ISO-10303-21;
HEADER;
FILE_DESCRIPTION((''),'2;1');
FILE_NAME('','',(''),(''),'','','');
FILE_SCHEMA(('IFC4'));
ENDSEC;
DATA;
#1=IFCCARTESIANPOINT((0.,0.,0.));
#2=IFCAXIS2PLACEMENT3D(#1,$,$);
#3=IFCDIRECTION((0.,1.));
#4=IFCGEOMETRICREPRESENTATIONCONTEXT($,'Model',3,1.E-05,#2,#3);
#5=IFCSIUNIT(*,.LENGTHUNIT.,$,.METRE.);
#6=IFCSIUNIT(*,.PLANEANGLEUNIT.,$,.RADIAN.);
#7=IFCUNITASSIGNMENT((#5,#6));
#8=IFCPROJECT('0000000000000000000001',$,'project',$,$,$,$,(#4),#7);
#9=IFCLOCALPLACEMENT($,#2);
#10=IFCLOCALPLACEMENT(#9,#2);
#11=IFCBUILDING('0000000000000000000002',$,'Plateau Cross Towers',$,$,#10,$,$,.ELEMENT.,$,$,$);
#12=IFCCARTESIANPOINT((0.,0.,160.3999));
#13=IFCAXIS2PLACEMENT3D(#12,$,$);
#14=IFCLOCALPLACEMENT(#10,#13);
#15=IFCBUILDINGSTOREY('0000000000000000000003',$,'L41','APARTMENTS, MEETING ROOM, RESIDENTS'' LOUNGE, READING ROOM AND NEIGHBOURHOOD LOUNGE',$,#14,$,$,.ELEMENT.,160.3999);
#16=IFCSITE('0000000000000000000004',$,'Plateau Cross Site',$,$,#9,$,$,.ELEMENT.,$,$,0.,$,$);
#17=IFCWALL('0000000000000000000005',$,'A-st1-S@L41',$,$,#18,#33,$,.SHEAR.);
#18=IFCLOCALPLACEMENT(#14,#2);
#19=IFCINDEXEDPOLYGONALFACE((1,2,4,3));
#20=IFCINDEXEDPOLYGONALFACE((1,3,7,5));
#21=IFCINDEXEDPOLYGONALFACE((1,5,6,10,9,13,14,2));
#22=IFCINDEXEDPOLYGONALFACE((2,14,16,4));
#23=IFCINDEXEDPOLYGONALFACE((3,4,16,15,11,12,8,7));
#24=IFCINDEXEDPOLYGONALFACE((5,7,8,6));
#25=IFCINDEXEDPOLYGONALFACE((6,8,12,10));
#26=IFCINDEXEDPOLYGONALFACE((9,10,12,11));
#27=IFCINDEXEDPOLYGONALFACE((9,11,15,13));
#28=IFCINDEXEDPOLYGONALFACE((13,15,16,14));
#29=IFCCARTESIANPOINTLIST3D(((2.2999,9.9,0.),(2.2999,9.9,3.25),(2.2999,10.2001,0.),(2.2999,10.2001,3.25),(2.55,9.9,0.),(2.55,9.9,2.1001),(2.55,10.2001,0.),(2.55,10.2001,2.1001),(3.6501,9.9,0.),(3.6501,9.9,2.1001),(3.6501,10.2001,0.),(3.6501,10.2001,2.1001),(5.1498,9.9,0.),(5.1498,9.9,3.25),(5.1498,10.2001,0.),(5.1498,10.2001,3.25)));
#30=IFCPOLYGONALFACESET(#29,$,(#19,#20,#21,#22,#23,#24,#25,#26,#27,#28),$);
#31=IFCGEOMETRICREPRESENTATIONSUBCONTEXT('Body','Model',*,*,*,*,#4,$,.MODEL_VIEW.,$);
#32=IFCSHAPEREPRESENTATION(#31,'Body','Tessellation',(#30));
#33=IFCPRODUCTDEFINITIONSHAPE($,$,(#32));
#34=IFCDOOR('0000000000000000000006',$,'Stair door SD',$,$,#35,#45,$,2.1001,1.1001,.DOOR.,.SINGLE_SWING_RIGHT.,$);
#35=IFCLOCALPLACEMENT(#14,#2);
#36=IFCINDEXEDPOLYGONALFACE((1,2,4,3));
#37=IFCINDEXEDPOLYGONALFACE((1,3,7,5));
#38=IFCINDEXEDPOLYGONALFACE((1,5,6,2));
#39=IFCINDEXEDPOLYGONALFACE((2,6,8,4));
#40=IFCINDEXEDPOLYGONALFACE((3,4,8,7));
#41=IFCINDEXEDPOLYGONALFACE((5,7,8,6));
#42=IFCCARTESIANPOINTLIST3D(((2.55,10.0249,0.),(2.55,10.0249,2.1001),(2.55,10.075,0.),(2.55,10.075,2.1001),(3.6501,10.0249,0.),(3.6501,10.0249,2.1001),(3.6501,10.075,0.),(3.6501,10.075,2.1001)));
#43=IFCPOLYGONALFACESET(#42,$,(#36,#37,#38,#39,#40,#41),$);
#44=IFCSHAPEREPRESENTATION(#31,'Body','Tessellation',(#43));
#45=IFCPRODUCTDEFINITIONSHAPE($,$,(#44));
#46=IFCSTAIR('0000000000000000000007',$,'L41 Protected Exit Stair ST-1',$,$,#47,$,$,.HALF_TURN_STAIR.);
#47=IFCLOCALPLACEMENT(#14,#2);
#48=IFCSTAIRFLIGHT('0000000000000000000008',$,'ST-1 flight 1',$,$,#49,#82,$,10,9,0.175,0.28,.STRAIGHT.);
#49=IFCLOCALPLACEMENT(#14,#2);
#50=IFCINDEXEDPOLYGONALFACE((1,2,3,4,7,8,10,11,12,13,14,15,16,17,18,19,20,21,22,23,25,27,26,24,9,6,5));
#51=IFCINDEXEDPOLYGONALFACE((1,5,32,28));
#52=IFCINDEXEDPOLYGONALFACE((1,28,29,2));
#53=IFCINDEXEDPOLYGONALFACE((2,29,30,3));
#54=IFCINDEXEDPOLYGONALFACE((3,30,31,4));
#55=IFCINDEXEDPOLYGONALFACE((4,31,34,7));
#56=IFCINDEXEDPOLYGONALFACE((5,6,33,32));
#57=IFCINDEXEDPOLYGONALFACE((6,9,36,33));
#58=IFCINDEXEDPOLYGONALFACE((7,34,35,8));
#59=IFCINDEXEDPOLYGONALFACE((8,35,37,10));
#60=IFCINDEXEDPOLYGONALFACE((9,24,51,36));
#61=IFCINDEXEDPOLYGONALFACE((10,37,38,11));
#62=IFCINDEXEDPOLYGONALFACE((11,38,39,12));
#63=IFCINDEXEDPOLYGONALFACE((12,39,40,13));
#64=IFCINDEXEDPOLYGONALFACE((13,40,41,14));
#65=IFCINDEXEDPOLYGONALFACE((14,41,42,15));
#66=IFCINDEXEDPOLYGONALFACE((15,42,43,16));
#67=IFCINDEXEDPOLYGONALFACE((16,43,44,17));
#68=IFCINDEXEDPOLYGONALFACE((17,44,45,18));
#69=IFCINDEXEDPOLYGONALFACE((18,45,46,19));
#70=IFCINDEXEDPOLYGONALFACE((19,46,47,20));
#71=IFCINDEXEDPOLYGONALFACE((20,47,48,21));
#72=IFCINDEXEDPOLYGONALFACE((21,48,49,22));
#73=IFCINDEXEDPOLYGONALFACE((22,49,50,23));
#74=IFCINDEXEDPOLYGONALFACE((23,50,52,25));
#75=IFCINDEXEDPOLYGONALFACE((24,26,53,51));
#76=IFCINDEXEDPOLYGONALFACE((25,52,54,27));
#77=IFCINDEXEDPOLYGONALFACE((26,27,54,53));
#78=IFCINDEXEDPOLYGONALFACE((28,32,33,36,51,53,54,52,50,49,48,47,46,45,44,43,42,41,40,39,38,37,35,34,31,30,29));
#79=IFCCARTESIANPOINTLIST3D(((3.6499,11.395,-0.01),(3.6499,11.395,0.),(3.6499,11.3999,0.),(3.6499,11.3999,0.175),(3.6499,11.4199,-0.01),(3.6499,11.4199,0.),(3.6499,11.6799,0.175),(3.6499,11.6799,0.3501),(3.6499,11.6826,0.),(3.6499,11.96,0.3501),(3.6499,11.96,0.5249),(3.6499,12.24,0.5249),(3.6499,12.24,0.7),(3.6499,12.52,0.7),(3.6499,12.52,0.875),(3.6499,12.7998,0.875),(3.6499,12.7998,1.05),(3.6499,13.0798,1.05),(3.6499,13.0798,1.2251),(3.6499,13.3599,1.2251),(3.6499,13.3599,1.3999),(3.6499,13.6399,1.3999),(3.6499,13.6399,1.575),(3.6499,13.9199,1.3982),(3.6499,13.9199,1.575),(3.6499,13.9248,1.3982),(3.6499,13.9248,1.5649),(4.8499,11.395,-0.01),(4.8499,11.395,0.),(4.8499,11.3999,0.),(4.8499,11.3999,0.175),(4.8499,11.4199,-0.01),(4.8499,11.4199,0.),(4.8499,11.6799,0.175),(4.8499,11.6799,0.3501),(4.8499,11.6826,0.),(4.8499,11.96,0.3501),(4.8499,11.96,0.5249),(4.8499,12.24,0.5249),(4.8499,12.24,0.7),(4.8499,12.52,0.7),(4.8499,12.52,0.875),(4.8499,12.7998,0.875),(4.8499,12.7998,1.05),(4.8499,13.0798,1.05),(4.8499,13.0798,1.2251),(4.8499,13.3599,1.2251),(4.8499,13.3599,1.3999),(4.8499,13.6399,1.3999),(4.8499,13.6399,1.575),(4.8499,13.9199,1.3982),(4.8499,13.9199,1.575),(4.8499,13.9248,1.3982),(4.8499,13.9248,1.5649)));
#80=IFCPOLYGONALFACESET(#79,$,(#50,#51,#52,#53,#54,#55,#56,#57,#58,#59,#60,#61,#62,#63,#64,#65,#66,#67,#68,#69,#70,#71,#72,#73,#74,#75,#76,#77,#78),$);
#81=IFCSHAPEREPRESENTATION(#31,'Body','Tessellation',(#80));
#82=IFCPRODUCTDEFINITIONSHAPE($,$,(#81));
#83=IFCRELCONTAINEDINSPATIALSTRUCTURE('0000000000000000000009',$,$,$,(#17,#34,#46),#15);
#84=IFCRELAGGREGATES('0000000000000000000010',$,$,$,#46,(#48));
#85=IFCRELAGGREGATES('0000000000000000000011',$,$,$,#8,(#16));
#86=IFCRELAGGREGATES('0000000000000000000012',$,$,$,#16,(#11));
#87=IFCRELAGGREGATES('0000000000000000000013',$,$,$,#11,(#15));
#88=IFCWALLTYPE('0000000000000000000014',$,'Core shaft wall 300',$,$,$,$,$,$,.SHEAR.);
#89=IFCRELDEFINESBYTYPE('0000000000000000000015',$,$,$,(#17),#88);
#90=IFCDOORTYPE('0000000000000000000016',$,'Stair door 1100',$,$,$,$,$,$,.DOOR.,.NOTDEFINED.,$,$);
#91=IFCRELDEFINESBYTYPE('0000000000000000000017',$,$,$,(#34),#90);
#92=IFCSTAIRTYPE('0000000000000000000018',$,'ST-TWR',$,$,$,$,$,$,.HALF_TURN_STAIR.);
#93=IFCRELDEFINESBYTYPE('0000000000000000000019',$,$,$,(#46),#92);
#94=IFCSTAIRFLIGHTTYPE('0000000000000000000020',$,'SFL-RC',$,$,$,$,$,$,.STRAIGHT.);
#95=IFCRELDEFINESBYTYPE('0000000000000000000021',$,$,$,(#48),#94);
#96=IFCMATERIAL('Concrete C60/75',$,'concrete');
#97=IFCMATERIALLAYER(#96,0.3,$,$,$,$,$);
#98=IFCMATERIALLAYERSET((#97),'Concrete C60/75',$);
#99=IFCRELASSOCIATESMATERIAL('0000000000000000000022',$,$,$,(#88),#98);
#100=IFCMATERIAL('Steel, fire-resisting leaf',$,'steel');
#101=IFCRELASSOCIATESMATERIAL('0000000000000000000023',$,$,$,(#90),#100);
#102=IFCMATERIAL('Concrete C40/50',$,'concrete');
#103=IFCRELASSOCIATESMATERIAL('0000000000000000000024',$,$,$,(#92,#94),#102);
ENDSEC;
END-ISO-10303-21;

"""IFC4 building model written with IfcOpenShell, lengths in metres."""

from ifc_helpers import new_model, si_unit, direction, frame, frame_2d, origin, place, context, subcontext, project, spatial, polyline, rectangle, outline, extrude, material, layer, layer_set, type_object, element, fill, aggregate, save


model = new_model("IFC4")

# Units and contexts
model_context = context("Model", 3, precision=1e-05, world=origin(), true_north=direction((0.0, 1.0)))
body_context = subcontext(model_context, "Body", "Model", "MODEL_VIEW")
ifc_project = project(units=[si_unit("LENGTHUNIT", "METRE"), si_unit("PLANEANGLEUNIT", "RADIAN")], contexts=[model_context])

# Site, building, storey
site_placement = place(None, origin())
site = spatial("IfcSite", under=ifc_project, at=site_placement, Name="Plateau Cross Site", CompositionType="ELEMENT", RefElevation=0.0)
building_placement = place(site_placement, origin())
building = spatial("IfcBuilding", under=site, at=building_placement, Name="Plateau Cross Towers", CompositionType="ELEMENT")
storey_placement = place(building_placement, frame((0.0, 0.0, 160.3999)))
storey = spatial("IfcBuildingStorey", under=building, at=storey_placement, Name="L41", Description="APARTMENTS, MEETING ROOM, RESIDENTS' LOUNGE, READING ROOM AND NEIGHBOURHOOD LOUNGE", CompositionType="ELEMENT", Elevation=160.3999)

# Shared definitions
ifc_material_1 = material(Name="Concrete C60/75", Category="concrete")
ifc_layer_1 = layer(ifc_material_1, 0.3)
ifc_layer_set_1 = layer_set([ifc_layer_1], Name="Concrete C60/75")
wall_type = type_object("IfcWallType", Name="Core shaft wall 300", PredefinedType="SHEAR", material=ifc_layer_set_1)
ifc_material_2 = material(Name="Steel, fire-resisting leaf", Category="steel")
door_type_1 = type_object("IfcDoorType", Name="Stair door 1100", OperationType="NOTDEFINED", PredefinedType="DOOR", material=ifc_material_2)

# Wall, opening, door
wall_1_placement = place(storey_placement, frame((2.3, 10.05, 0.0), z_axis=(0.0, 0.0, 1.0), x_axis=(1.0, 0.0, 0.0)))
wall_1 = element("IfcWall", 1, at=wall_1_placement, inside=storey, type_object=wall_type, Name="A-st1-S@L41", PredefinedType="SHEAR", context=body_context, shape_type="SweptSolid", body=[
    extrude(rectangle(XDim=2.8499, YDim=0.3, at=frame_2d((1.4248, 0.0))), origin(), (0.0, 0.0, 1.0), 3.25),
])
opening_1_placement = place(wall_1_placement, frame((0.25, 0.0, 0.0)))
opening_1 = element("IfcOpeningElement", 2, at=opening_1_placement, cuts=wall_1, PredefinedType="OPENING", context=body_context, shape_type="SweptSolid", body=[
    extrude(rectangle(XDim=1.1001, YDim=2.1001, at=frame_2d((0.55, 1.05))), frame((0.0, 0.1599, 0.0), z_axis=(0.0, -1.0, 0.0), x_axis=(1.0, 0.0, 0.0)), (0.0, 0.0, 1.0), 0.3201),
])
door_1_placement = place(opening_1_placement, origin())
door_1 = element("IfcDoor", 3, at=door_1_placement, inside=storey, type_object=door_type_1, Name="Stair door SD", OperationType="SINGLE_SWING_RIGHT", OverallHeight=2.1001, OverallWidth=1.1001, PredefinedType="DOOR", context=body_context, shape_type="SweptSolid", body=[
    extrude(rectangle(XDim=1.1001, YDim=2.1001, at=frame_2d((0.55, 1.05))), frame((0.0, 0.0249, 0.0), z_axis=(0.0, -1.0, 0.0), x_axis=(1.0, 0.0, 0.0)), (0.0, 0.0, 1.0), 0.05),
])
fill(opening_1, door_1)

# Stair, stair flight
ifc_material_3 = material(Name="Concrete C40/50", Category="concrete")
stair_type = type_object("IfcStairType", Name="ST-TWR", PredefinedType="HALF_TURN_STAIR", material=ifc_material_3)
stair_placement = place(storey_placement, origin())
stair = element("IfcStair", 4, at=stair_placement, inside=storey, type_object=stair_type, Name="L41 Protected Exit Stair ST-1", PredefinedType="HALF_TURN_STAIR")
stair_flight_type = type_object("IfcStairFlightType", Name="SFL-RC", PredefinedType="STRAIGHT", material=ifc_material_3)
stair_flight_placement = place(storey_placement, frame((4.25, 11.3999, 0.0), z_axis=(0.0, 0.0, 1.0), x_axis=(0.0, 1.0, 0.0)))
stair_flight = element("IfcStairFlight", 5, at=stair_flight_placement, type_object=stair_flight_type, Name="ST-1 flight 1", NumberOfRisers=10, NumberOfTreads=9, PredefinedType="STRAIGHT", RiserHeight=0.175, TreadLength=0.28, context=body_context, shape_type="SweptSolid", body=[
    extrude(outline(polyline([(-0.0049, -0.01), (-0.0049, 0.0), (0.0, 0.0), (0.0, 0.175), (0.28, 0.175), (0.28, 0.3501), (0.5601, 0.3501), (0.5601, 0.5249), (0.8401, 0.5249), (0.8401, 0.7), (1.1201, 0.7), (1.1201, 0.875), (1.3999, 0.875), (1.3999, 1.05), (1.6799, 1.05), (1.6799, 1.2251), (1.96, 1.2251), (1.96, 1.3999), (2.24, 1.3999), (2.24, 1.575), (2.52, 1.575), (2.5249, 1.5649), (2.5249, 1.3982), (2.52, 1.3982), (0.2827, 0.0), (0.02, 0.0), (0.02, -0.01), (-0.0049, -0.01)])), frame((0.0, 0.6001, 0.0), z_axis=(0.0, -1.0, 0.0), x_axis=(1.0, 0.0, 0.0)), (0.0, 0.0, 1.0), 1.2),
])
aggregate(stair, [stair_flight])

save(model, "model.ifc")
